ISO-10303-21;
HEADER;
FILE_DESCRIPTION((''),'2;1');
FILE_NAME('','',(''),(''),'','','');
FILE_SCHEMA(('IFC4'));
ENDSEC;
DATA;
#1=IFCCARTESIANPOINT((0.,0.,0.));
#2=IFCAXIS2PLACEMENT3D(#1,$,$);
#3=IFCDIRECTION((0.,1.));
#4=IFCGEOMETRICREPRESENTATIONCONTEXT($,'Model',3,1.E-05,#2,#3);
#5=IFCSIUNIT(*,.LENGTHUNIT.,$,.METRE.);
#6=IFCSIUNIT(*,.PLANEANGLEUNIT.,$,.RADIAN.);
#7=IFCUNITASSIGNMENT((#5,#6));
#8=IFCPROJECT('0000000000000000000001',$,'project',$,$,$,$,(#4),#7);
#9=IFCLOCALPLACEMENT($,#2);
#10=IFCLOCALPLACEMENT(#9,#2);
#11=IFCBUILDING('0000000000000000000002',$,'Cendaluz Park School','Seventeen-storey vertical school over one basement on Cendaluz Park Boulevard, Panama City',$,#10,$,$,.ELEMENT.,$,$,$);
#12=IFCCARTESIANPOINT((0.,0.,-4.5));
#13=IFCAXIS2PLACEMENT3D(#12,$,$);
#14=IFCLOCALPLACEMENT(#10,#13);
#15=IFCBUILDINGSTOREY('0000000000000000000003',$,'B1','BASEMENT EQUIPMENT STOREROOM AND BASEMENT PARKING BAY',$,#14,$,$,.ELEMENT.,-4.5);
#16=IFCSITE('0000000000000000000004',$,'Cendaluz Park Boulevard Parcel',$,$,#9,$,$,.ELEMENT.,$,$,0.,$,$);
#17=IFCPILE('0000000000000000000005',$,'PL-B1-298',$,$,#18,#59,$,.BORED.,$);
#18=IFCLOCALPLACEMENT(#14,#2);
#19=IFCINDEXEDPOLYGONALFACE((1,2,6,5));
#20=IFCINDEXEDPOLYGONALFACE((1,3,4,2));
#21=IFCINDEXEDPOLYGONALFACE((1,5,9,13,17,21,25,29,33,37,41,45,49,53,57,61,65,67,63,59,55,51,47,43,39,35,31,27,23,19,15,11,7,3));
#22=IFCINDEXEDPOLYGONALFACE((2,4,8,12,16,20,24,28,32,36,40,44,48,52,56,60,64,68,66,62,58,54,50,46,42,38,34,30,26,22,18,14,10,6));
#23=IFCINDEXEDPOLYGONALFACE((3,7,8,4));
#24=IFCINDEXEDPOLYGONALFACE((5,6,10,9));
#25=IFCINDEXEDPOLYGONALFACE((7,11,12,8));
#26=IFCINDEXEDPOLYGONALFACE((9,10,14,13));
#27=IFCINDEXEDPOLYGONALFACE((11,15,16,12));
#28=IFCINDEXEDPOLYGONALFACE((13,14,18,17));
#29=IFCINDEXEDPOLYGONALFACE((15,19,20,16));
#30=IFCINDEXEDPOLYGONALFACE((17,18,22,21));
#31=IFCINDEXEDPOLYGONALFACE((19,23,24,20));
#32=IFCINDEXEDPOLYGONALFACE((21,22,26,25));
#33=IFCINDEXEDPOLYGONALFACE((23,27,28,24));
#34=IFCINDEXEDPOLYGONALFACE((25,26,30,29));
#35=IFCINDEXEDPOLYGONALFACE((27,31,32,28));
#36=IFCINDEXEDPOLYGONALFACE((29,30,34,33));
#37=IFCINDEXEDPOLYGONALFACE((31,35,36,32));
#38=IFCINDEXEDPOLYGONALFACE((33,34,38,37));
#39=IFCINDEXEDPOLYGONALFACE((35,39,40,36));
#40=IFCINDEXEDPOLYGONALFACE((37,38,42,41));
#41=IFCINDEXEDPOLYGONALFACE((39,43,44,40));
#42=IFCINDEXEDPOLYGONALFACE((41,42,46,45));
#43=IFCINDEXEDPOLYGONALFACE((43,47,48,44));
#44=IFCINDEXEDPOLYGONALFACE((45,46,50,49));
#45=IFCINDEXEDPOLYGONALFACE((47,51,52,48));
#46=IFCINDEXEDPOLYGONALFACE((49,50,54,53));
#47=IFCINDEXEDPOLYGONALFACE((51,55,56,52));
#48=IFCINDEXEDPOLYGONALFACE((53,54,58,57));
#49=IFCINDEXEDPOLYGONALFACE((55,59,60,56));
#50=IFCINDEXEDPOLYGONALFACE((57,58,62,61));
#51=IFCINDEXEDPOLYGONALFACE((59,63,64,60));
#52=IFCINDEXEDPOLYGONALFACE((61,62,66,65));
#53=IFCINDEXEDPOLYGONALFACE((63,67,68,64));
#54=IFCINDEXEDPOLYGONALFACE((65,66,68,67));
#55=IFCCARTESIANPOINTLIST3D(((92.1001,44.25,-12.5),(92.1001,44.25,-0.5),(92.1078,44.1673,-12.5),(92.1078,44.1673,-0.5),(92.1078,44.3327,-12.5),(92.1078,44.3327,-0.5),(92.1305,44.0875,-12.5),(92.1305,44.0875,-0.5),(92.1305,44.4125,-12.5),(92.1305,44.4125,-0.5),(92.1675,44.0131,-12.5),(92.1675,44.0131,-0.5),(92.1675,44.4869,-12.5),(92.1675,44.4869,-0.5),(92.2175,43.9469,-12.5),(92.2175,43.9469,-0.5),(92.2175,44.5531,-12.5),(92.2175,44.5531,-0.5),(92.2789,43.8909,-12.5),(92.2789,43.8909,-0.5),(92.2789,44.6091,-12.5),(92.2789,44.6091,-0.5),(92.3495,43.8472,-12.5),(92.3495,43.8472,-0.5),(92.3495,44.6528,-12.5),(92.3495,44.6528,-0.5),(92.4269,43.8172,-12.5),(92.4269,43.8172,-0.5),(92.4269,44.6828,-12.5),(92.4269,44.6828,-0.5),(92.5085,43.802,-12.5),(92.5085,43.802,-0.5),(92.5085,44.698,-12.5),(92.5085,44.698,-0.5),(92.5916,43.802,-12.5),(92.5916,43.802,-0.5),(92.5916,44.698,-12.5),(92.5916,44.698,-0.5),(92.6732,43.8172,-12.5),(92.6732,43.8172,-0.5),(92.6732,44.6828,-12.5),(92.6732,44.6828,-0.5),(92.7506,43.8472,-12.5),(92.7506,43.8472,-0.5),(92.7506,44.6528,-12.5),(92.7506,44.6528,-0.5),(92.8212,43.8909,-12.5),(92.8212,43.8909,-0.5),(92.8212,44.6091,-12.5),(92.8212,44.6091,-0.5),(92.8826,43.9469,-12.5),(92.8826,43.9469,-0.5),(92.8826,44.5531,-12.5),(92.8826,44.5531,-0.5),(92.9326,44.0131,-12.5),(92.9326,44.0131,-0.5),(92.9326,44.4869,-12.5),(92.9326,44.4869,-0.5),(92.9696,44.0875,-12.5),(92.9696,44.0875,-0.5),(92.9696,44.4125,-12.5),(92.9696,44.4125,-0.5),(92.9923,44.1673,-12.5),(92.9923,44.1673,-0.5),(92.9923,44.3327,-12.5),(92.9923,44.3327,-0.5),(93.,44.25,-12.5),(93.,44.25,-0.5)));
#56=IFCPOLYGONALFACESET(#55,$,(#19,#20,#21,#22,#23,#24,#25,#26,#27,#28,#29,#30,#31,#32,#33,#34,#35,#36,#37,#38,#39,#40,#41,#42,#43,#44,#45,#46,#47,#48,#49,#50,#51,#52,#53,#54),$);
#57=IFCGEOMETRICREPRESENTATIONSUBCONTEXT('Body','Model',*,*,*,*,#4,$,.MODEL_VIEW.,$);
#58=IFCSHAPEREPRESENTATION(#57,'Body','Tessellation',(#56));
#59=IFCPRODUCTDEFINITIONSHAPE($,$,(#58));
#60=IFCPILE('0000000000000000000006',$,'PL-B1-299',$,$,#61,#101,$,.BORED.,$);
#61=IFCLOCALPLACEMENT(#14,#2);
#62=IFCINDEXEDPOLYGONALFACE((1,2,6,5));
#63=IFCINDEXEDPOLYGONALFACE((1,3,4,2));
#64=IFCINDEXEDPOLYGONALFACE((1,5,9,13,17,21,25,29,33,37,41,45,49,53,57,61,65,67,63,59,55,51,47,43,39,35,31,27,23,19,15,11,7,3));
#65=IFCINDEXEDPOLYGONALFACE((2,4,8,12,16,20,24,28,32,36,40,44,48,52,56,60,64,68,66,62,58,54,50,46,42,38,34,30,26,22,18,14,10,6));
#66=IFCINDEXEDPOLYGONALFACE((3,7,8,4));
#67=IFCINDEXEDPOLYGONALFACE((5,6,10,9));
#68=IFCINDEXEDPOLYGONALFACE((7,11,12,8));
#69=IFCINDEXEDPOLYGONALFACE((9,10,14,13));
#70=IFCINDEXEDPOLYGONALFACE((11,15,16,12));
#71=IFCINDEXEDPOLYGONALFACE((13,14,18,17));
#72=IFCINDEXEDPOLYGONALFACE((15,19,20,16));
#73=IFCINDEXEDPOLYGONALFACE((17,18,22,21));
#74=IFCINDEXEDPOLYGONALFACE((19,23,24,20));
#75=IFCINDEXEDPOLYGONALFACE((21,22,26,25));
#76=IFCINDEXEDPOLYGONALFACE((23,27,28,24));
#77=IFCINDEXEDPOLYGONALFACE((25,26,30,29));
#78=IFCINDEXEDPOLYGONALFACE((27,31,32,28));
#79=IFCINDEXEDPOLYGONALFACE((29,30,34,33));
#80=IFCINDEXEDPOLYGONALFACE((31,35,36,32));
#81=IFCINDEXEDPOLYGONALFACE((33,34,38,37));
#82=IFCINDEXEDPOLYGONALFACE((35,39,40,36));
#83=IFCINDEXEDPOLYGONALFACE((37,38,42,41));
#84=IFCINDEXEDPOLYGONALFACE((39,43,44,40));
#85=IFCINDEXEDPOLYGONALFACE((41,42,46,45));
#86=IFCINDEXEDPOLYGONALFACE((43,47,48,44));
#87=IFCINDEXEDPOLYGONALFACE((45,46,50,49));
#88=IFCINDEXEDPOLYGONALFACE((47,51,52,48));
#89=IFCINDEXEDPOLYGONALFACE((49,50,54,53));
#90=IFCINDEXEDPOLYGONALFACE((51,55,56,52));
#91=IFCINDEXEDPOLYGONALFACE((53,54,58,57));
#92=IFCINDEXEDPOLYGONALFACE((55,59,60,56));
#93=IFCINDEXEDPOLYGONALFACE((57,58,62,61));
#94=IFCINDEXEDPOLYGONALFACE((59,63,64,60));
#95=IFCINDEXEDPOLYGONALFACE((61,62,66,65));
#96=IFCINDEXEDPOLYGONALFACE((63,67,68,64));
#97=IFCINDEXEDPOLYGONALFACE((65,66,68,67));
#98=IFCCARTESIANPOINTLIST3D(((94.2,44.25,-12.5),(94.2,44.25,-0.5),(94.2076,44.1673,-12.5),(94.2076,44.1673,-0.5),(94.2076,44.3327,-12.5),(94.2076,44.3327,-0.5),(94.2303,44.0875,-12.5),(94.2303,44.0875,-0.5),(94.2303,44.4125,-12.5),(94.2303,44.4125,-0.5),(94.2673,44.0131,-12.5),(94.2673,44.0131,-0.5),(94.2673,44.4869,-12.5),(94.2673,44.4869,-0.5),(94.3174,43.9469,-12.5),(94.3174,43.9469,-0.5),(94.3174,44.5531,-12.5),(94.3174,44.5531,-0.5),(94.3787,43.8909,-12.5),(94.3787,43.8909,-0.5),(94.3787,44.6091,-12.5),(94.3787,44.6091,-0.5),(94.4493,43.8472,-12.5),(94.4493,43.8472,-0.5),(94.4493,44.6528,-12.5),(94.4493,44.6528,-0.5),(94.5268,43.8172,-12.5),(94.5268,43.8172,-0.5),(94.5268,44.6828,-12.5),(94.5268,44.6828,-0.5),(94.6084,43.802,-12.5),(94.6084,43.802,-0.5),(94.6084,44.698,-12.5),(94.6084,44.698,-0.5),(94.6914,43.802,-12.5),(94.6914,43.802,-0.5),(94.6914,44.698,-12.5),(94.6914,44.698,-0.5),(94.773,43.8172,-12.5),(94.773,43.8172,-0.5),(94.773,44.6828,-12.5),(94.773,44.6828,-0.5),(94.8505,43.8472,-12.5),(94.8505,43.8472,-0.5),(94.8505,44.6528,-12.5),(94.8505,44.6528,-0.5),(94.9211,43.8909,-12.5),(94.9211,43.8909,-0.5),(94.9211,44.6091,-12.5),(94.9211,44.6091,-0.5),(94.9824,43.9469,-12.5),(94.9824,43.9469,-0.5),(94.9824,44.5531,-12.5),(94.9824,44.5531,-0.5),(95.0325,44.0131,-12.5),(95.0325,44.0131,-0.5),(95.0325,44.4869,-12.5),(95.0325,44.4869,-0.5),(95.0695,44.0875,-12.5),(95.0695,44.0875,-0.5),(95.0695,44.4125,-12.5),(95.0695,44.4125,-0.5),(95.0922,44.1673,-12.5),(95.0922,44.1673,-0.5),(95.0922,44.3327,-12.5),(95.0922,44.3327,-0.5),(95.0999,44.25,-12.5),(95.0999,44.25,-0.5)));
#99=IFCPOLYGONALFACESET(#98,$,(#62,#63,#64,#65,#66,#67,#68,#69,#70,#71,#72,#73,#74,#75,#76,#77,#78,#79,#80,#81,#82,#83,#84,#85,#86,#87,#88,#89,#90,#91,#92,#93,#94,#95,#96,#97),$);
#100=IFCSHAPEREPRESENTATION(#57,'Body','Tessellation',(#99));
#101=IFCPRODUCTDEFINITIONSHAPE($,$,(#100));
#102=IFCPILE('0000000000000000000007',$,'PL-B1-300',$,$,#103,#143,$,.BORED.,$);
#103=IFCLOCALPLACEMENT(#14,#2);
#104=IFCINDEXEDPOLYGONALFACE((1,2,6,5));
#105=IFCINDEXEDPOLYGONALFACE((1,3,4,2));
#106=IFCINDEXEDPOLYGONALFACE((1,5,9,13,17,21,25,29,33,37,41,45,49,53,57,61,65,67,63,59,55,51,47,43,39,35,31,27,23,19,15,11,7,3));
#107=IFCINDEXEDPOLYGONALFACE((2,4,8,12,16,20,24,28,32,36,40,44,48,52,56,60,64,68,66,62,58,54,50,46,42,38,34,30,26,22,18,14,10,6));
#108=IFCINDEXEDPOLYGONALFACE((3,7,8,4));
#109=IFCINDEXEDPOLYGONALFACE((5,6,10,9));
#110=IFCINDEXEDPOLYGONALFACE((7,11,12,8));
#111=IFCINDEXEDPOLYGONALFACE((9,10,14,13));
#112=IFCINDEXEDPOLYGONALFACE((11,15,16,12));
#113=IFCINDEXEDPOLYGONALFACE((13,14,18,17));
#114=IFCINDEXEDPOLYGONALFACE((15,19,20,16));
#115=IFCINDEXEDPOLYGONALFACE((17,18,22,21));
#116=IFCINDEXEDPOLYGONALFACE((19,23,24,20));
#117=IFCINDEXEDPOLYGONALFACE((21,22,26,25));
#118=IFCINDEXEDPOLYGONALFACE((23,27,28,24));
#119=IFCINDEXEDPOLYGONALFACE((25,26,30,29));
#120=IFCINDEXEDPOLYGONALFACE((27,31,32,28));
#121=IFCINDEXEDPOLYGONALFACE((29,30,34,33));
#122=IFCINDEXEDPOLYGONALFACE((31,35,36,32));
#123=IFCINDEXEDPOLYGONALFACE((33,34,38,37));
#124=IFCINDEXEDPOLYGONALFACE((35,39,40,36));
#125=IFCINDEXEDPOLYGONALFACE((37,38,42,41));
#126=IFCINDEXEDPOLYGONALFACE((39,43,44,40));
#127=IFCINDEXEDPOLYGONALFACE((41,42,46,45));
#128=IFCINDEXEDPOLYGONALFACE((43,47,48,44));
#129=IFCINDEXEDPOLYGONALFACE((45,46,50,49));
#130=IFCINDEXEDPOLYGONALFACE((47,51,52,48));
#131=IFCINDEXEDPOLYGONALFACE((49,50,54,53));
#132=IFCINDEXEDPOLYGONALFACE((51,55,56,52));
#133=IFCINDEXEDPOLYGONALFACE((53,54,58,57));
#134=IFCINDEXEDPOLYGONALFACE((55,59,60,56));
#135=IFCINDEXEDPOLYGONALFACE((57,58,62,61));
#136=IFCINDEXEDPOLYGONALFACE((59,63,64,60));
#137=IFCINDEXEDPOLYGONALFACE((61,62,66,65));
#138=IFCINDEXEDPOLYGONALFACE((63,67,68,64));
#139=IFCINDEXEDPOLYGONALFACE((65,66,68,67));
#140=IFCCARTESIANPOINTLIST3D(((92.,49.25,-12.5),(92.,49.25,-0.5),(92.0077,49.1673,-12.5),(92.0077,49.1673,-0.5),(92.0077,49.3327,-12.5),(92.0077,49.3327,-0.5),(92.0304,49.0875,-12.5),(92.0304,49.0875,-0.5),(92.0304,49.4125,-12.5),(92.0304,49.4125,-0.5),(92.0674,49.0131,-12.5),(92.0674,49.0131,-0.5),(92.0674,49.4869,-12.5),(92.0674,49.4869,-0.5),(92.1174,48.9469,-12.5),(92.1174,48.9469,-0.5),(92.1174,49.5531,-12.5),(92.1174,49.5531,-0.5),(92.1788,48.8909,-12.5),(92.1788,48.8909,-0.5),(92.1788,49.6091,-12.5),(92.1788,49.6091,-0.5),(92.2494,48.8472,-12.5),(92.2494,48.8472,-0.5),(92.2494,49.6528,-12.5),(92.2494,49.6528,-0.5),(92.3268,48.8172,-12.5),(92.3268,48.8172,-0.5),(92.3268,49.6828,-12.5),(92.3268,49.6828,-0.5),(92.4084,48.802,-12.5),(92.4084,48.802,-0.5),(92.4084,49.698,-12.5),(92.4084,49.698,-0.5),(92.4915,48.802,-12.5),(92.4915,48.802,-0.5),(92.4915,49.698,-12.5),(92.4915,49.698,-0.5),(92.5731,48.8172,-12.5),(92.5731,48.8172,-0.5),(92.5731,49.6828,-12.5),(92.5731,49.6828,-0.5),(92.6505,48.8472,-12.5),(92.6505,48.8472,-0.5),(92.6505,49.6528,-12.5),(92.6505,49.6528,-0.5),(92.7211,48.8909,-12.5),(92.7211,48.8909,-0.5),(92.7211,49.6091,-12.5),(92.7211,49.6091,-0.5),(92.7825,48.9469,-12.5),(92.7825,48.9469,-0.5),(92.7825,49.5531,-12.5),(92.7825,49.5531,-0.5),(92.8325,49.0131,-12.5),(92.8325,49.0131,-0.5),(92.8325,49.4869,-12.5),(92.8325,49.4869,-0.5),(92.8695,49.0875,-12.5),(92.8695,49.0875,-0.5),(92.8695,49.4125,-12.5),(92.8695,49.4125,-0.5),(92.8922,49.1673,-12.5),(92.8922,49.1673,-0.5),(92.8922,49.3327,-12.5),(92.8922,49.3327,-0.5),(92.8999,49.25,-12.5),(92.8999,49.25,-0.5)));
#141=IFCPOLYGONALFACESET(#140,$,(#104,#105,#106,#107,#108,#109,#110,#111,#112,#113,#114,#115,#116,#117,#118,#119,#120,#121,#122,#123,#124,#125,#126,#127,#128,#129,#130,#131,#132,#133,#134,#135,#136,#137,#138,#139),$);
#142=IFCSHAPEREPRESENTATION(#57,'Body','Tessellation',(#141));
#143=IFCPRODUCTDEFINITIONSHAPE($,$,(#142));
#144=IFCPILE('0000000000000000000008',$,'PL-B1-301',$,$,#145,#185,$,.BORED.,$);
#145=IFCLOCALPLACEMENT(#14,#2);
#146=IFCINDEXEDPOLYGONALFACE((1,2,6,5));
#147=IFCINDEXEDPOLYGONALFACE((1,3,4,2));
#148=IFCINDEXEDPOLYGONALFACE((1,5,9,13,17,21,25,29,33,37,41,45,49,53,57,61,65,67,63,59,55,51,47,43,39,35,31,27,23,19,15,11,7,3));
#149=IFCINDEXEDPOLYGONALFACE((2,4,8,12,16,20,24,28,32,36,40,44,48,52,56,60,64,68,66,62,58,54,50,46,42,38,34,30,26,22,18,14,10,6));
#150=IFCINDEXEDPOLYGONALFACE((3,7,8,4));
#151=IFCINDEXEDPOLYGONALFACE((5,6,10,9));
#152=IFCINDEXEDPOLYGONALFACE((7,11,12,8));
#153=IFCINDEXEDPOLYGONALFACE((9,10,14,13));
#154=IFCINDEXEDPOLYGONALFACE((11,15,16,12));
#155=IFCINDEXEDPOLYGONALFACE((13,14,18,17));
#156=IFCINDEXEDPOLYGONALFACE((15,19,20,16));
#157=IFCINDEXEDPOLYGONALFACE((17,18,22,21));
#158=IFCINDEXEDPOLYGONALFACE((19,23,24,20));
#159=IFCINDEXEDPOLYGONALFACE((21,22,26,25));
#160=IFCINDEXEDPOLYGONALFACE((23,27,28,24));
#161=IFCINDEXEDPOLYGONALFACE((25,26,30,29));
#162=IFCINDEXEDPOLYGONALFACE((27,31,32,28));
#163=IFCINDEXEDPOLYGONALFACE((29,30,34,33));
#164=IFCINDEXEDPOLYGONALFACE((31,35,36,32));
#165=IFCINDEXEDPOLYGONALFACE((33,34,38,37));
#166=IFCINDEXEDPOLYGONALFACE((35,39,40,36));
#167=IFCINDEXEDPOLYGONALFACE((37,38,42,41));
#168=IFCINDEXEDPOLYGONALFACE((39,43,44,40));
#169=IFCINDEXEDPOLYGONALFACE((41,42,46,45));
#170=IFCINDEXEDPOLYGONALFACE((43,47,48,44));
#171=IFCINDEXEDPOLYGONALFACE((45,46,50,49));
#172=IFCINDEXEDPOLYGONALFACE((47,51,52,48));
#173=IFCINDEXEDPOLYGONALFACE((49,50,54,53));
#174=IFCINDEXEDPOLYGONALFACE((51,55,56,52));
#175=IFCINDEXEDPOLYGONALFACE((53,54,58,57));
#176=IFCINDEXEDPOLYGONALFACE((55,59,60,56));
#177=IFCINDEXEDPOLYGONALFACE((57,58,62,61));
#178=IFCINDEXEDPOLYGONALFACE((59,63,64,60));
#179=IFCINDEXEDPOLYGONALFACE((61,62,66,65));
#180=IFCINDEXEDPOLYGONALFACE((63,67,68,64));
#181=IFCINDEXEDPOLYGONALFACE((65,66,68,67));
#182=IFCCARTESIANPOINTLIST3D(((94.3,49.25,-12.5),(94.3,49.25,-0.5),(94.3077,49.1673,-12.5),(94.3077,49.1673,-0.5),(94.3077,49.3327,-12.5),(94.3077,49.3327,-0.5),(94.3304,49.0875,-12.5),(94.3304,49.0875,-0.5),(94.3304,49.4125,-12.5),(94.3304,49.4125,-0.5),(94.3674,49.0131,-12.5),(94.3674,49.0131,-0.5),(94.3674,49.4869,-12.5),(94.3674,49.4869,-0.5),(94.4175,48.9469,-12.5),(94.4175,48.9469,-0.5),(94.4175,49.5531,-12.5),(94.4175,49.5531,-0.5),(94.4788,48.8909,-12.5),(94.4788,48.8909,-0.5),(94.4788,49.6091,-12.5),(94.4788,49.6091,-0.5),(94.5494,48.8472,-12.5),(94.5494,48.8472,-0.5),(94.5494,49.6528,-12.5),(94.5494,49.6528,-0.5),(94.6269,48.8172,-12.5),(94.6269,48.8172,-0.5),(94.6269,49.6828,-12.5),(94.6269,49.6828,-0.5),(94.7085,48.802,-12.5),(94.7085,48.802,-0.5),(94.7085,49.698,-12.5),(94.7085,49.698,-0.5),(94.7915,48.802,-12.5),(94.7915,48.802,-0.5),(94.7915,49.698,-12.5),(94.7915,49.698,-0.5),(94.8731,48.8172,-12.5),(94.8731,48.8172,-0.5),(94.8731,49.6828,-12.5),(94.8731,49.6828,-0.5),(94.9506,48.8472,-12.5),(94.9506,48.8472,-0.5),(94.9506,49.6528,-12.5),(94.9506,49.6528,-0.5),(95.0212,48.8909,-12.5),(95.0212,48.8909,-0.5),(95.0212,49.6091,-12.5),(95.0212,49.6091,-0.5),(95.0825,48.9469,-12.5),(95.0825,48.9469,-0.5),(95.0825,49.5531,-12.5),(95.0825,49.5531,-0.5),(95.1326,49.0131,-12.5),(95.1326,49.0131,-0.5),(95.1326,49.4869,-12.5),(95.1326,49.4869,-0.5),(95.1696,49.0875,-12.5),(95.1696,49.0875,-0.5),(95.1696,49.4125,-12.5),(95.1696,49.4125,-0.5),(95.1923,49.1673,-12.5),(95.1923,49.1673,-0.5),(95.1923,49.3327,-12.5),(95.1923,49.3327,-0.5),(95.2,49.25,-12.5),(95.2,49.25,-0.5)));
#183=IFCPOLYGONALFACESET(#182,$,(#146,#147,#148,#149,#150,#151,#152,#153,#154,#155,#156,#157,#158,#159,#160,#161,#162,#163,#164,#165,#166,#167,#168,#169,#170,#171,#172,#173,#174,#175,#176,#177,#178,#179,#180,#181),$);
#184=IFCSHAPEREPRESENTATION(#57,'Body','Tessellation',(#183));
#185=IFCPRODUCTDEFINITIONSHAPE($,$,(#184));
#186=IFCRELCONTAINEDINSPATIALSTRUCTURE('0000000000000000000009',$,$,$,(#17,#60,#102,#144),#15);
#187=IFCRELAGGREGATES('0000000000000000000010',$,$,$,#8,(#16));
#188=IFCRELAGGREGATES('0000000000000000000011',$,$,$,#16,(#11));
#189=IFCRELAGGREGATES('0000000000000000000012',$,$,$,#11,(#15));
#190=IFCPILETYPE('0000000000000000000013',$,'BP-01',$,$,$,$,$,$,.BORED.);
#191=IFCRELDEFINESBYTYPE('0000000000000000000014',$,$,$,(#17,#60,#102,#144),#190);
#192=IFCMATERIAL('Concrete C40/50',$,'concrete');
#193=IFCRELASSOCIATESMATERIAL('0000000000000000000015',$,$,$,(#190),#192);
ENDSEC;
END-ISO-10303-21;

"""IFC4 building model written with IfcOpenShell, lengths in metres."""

from ifc_helpers import new_model, si_unit, direction, frame, origin, origin_2d, place, context, subcontext, project, spatial, circle, extrude, material, material_profile, profile_set, type_object, element, save


model = new_model("IFC4")

# Units and contexts
model_context = context("Model", 3, precision=1e-05, world=origin(), true_north=direction((0.0, 1.0)))
body_context = subcontext(model_context, "Body", "Model", "MODEL_VIEW")
ifc_project = project(units=[si_unit("LENGTHUNIT", "METRE"), si_unit("PLANEANGLEUNIT", "RADIAN")], contexts=[model_context])

# Site, building, storey
site_placement = place(None, origin())
site = spatial("IfcSite", under=ifc_project, at=site_placement, Name="Cendaluz Park Boulevard Parcel", CompositionType="ELEMENT", RefElevation=0.0)
building_placement = place(site_placement, origin())
building = spatial("IfcBuilding", under=site, at=building_placement, Name="Cendaluz Park School", Description="Seventeen-storey vertical school over one basement on Cendaluz Park Boulevard, Panama City", CompositionType="ELEMENT")
storey_placement = place(building_placement, frame((0.0, 0.0, -4.5)))
storey = spatial("IfcBuildingStorey", under=building, at=storey_placement, Name="B1", Description="BASEMENT EQUIPMENT STOREROOM AND BASEMENT PARKING BAY", CompositionType="ELEMENT", Elevation=-4.5)

# Piles
ifc_material_1 = material(Name="Concrete C40/50", Category="concrete")
ifc_material_profile_1 = material_profile(ifc_material_1, circle(Radius=0.45, at=origin_2d()), Name="BP D900", Category="concrete")
ifc_profile_set_1 = profile_set([ifc_material_profile_1], Name="Concrete C40/50")
pile_type = type_object("IfcPileType", Name="BP-01", PredefinedType="BORED", material=ifc_profile_set_1)
for number, where, z_axis, x_axis, name in (
    (1, (92.55, 44.25, -0.5), (0.0, 0.0, -1.0), (1.0, 0.0, 0.0), "PL-B1-298"),
    (2, (94.6499, 44.25, -0.5), (0.0, 0.0, -1.0), (1.0, 0.0, 0.0), "PL-B1-299"),
    (3, (92.45, 49.25, -0.5), (0.0, 0.0, -1.0), (1.0, 0.0, 0.0), "PL-B1-300"),
    (4, (94.75, 49.25, -0.5), (0.0, 0.0, -1.0), (1.0, 0.0, 0.0), "PL-B1-301"),
):
    element("IfcPile", number, at=place(storey_placement, frame(where, z_axis=z_axis, x_axis=x_axis)), inside=storey, type_object=pile_type, Name=name, PredefinedType="BORED", context=body_context, shape_type="SweptSolid", body=[
        extrude(circle(Radius=0.45, at=origin_2d()), origin(), (0.0, 0.0, 1.0), 12.0),
    ])

save(model, "model.ifc")
